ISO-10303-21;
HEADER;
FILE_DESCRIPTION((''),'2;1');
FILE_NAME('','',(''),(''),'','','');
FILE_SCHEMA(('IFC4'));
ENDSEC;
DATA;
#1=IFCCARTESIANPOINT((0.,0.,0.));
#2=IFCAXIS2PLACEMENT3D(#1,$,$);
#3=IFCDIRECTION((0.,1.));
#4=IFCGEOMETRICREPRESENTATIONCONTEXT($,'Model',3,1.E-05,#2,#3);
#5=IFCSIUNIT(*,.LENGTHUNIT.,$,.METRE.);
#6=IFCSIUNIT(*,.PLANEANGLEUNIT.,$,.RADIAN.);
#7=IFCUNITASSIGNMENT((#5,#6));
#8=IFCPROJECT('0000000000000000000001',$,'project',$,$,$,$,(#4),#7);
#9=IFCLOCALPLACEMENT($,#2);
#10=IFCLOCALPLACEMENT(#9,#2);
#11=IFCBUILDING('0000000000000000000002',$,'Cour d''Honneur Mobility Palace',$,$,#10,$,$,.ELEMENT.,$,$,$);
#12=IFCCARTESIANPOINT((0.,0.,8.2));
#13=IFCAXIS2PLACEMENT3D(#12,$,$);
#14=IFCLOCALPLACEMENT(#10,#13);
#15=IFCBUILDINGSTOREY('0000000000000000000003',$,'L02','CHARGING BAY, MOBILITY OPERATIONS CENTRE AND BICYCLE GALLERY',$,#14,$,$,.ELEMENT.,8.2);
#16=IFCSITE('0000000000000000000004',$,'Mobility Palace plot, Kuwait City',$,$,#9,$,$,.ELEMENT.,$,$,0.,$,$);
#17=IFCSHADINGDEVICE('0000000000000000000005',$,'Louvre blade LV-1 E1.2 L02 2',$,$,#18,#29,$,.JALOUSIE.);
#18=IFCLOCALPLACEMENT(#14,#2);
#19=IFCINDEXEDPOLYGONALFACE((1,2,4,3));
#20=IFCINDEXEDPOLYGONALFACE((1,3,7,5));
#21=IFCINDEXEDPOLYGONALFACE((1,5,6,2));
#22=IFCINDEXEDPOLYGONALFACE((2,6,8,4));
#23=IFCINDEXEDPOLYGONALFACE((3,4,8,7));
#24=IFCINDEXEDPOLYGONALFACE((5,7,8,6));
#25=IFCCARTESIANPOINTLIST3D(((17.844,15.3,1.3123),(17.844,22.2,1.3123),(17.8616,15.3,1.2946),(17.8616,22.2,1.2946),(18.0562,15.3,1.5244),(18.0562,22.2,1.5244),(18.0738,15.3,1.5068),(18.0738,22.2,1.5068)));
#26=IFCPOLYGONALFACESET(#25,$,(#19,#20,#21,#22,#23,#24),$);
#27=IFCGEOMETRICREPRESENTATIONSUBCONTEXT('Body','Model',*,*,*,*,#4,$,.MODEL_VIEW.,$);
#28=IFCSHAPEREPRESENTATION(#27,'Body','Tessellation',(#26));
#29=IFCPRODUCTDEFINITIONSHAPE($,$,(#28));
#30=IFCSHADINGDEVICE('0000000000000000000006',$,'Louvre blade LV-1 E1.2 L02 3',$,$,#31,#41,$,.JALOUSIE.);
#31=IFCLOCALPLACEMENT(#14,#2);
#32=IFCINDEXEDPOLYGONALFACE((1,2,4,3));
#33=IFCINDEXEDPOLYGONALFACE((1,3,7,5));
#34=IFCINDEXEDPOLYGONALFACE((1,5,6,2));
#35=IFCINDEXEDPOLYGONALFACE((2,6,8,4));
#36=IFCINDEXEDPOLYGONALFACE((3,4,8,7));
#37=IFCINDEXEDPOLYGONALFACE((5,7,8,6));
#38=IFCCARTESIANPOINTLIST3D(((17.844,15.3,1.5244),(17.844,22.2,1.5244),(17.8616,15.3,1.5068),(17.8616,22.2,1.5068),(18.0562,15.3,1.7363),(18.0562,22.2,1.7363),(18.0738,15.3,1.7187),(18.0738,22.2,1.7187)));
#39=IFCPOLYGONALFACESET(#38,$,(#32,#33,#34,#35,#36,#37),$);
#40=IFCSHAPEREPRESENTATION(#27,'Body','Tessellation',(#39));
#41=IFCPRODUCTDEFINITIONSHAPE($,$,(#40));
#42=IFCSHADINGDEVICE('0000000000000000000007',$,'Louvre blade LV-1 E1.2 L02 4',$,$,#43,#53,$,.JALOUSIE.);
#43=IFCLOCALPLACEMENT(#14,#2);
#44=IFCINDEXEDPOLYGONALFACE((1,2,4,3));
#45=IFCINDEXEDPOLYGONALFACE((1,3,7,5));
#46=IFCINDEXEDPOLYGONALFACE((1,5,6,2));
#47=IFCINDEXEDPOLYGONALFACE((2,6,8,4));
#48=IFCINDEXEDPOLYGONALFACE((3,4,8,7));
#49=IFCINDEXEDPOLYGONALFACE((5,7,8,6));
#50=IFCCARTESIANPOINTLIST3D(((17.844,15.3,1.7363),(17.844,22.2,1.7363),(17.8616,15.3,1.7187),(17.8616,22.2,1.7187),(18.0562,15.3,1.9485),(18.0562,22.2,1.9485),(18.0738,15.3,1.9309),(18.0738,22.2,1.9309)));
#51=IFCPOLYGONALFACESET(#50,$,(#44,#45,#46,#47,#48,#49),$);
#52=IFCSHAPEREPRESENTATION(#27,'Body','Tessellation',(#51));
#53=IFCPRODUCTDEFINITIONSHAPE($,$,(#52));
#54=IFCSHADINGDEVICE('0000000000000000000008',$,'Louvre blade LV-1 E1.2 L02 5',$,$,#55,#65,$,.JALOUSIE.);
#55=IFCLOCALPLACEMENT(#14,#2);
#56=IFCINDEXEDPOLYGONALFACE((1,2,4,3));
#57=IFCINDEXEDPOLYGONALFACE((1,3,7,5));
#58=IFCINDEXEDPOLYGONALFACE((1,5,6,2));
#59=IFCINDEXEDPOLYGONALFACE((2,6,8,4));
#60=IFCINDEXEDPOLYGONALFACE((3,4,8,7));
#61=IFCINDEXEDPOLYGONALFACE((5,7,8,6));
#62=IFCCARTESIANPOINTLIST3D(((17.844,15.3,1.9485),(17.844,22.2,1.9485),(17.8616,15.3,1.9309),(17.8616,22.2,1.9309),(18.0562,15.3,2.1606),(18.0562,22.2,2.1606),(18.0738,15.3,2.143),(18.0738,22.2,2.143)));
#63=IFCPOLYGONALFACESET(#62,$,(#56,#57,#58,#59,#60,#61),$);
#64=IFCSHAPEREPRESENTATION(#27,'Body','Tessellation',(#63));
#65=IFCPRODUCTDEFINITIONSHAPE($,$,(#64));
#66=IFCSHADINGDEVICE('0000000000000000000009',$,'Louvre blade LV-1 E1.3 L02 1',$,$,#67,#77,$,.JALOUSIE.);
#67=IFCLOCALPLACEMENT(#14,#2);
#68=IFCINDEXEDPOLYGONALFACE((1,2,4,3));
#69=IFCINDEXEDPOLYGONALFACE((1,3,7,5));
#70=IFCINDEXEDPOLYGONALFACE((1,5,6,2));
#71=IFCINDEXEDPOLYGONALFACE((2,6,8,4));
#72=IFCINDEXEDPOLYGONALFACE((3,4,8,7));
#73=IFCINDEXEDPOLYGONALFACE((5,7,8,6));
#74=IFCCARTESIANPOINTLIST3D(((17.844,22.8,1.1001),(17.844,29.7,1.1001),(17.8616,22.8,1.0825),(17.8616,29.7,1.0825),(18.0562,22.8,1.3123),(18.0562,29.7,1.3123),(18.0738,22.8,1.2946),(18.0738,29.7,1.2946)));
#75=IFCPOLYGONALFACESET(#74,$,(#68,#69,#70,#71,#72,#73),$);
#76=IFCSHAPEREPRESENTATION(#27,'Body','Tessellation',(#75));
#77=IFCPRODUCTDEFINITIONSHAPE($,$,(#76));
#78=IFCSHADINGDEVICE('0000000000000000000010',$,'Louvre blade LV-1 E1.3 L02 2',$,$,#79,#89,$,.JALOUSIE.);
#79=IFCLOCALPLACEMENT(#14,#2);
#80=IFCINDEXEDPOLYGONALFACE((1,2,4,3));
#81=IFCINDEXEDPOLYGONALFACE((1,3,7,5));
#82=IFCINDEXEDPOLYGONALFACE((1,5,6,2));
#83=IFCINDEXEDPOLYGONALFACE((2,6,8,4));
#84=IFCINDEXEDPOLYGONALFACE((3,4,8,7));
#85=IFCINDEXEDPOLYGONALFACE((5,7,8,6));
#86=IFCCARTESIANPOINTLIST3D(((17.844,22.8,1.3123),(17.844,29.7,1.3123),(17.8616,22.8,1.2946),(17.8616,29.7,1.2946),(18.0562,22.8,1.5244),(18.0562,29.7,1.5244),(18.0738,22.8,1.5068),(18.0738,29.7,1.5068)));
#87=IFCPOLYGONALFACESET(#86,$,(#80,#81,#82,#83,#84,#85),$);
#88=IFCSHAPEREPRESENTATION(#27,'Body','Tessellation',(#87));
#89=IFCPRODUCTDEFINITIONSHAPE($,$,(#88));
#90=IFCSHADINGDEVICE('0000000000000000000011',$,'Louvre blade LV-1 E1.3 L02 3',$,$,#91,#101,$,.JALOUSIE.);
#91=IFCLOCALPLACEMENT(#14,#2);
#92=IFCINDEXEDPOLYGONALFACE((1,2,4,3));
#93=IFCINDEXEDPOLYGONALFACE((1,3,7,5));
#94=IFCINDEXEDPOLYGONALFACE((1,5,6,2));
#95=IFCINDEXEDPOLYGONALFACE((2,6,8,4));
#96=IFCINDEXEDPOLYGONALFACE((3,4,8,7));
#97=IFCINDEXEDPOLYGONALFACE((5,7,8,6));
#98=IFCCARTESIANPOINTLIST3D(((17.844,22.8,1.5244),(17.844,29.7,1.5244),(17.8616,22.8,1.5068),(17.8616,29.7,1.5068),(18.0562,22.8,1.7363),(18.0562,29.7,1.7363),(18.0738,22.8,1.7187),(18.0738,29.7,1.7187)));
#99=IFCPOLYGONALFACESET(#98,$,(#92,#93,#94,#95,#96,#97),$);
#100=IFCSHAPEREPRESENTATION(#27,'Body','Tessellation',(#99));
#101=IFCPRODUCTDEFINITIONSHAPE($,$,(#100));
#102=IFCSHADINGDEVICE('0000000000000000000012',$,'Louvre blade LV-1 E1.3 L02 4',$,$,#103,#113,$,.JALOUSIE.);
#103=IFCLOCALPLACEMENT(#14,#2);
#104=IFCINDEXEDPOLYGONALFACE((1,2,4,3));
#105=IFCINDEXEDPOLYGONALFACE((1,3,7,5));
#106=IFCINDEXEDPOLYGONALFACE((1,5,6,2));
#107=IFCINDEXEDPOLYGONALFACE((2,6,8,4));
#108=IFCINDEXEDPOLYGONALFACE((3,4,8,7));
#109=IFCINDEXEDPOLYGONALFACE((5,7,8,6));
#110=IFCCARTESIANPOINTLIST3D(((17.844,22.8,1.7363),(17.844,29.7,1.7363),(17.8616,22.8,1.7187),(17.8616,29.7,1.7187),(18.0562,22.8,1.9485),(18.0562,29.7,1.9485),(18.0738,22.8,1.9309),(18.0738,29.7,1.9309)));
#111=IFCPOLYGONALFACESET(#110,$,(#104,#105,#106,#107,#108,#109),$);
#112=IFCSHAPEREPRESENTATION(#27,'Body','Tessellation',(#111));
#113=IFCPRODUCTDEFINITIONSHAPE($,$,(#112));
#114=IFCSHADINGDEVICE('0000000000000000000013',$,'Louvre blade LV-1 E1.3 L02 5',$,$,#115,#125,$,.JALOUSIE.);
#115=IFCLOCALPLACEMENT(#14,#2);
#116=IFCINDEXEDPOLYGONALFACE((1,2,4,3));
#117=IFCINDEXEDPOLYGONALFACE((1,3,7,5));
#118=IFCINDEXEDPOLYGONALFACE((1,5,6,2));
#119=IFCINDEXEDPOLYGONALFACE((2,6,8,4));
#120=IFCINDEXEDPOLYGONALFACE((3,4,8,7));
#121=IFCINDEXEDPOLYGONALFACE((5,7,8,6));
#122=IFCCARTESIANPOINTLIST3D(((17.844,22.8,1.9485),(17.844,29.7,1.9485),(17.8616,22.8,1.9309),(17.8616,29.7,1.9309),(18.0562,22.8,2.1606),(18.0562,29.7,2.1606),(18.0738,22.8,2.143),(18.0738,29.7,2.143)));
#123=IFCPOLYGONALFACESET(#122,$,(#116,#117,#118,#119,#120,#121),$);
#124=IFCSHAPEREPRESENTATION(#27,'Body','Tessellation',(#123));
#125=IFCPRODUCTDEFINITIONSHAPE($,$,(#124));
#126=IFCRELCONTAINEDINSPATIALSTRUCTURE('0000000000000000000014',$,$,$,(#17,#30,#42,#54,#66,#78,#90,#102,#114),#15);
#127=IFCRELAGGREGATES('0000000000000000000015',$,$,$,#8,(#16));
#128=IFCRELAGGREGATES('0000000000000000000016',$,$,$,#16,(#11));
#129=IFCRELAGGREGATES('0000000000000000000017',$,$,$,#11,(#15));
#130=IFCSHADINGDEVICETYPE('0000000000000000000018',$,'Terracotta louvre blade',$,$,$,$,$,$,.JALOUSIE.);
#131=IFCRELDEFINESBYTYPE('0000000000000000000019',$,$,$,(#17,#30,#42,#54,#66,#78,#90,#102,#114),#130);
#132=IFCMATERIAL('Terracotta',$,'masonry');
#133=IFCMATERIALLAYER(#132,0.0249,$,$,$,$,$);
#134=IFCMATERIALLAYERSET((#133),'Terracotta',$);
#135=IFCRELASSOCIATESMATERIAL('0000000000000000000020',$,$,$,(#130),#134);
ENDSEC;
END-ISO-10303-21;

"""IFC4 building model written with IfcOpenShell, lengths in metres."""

from ifc_helpers import new_model, si_unit, direction, frame, origin, place, context, subcontext, project, spatial, polyline, outline, extrude, material, layer, layer_set, type_object, element, save


model = new_model("IFC4")

# Units and contexts
model_context = context("Model", 3, precision=1e-05, world=origin(), true_north=direction((0.0, 1.0)))
body_context = subcontext(model_context, "Body", "Model", "MODEL_VIEW")
ifc_project = project(units=[si_unit("LENGTHUNIT", "METRE"), si_unit("PLANEANGLEUNIT", "RADIAN")], contexts=[model_context])

# Site, building, storey
site_placement = place(None, origin())
site = spatial("IfcSite", under=ifc_project, at=site_placement, Name="Mobility Palace plot, Kuwait City", CompositionType="ELEMENT", RefElevation=0.0)
building_placement = place(site_placement, origin())
building = spatial("IfcBuilding", under=site, at=building_placement, Name="Cour d'Honneur Mobility Palace", CompositionType="ELEMENT")
storey_placement = place(building_placement, frame((0.0, 0.0, 8.2)))
storey = spatial("IfcBuildingStorey", under=building, at=storey_placement, Name="L02", Description="CHARGING BAY, MOBILITY OPERATIONS CENTRE AND BICYCLE GALLERY", CompositionType="ELEMENT", Elevation=8.2)

# Shading devices
ifc_material_1 = material(Name="Terracotta", Category="masonry")
ifc_layer_1 = layer(ifc_material_1, 0.0249)
ifc_layer_set_1 = layer_set([ifc_layer_1], Name="Terracotta")
shading_device_type = type_object("IfcShadingDeviceType", Name="Terracotta louvre blade", PredefinedType="JALOUSIE", material=ifc_layer_set_1)
for number, where, z_axis, x_axis, name in (
    (1, (17.844, 15.3, 1.3123), (-0.707107, 0.0, 0.707107), (0.0, 1.0, 0.0), "Louvre blade LV-1 E1.2 L02 2"),
):
    element("IfcShadingDevice", number, at=place(storey_placement, frame(where, z_axis=z_axis, x_axis=x_axis)), inside=storey, type_object=shading_device_type, Name=name, PredefinedType="JALOUSIE", context=body_context, shape_type="SweptSolid", body=[
        extrude(outline(polyline([(0.0, 0.0), (6.8999, 0.0), (6.8999, -0.3), (0.0, -0.3), (0.0, 0.0)])), origin(), (0.0, 0.0, -1.0), 0.0249),
    ])
shading_device_1_placement = place(storey_placement, frame((17.844, 15.3, 1.5244), z_axis=(-0.7067, 0.0, 0.707514), x_axis=(0.0, 1.0, 0.0)))
element("IfcShadingDevice", 2, at=shading_device_1_placement, inside=storey, type_object=shading_device_type, Name="Louvre blade LV-1 E1.2 L02 3", PredefinedType="JALOUSIE", context=body_context, shape_type="SweptSolid", body=[
    extrude(outline(polyline([(0.0, 0.0), (6.8999, 0.0), (6.8999, -0.2999), (0.0, -0.2999), (0.0, 0.0)])), origin(), (0.0, 0.0, -1.0), 0.0249),
])
for number, where, z_axis, x_axis, name in (
    (3, (17.844, 15.3, 1.7363), (-0.707107, 0.0, 0.707107), (0.0, 1.0, 0.0), "Louvre blade LV-1 E1.2 L02 4"),
    (4, (17.844, 15.3, 1.9485), (-0.707107, 0.0, 0.707107), (0.0, 1.0, 0.0), "Louvre blade LV-1 E1.2 L02 5"),
    (5, (17.844, 22.8, 1.1001), (-0.707107, 0.0, 0.707107), (0.0, 1.0, 0.0), "Louvre blade LV-1 E1.3 L02 1"),
    (6, (17.844, 22.8, 1.3123), (-0.707107, 0.0, 0.707107), (0.0, 1.0, 0.0), "Louvre blade LV-1 E1.3 L02 2"),
):
    element("IfcShadingDevice", number, at=place(storey_placement, frame(where, z_axis=z_axis, x_axis=x_axis)), inside=storey, type_object=shading_device_type, Name=name, PredefinedType="JALOUSIE", context=body_context, shape_type="SweptSolid", body=[
        extrude(outline(polyline([(0.0, 0.0), (6.8999, 0.0), (6.8999, -0.3), (0.0, -0.3), (0.0, 0.0)])), origin(), (0.0, 0.0, -1.0), 0.0249),
    ])
shading_device_2_placement = place(storey_placement, frame((17.844, 22.8, 1.5244), z_axis=(-0.7067, 0.0, 0.707514), x_axis=(0.0, 1.0, 0.0)))
element("IfcShadingDevice", 7, at=shading_device_2_placement, inside=storey, type_object=shading_device_type, Name="Louvre blade LV-1 E1.3 L02 3", PredefinedType="JALOUSIE", context=body_context, shape_type="SweptSolid", body=[
    extrude(outline(polyline([(0.0, 0.0), (6.8999, 0.0), (6.8999, -0.2999), (0.0, -0.2999), (0.0, 0.0)])), origin(), (0.0, 0.0, -1.0), 0.0249),
])
for number, where, z_axis, x_axis, name in (
    (8, (17.844, 22.8, 1.7363), (-0.707107, 0.0, 0.707107), (0.0, 1.0, 0.0), "Louvre blade LV-1 E1.3 L02 4"),
    (9, (17.844, 22.8, 1.9485), (-0.707107, 0.0, 0.707107), (0.0, 1.0, 0.0), "Louvre blade LV-1 E1.3 L02 5"),
):
    element("IfcShadingDevice", number, at=place(storey_placement, frame(where, z_axis=z_axis, x_axis=x_axis)), inside=storey, type_object=shading_device_type, Name=name, PredefinedType="JALOUSIE", context=body_context, shape_type="SweptSolid", body=[
        extrude(outline(polyline([(0.0, 0.0), (6.8999, 0.0), (6.8999, -0.3), (0.0, -0.3), (0.0, 0.0)])), origin(), (0.0, 0.0, -1.0), 0.0249),
    ])

save(model, "model.ifc")
